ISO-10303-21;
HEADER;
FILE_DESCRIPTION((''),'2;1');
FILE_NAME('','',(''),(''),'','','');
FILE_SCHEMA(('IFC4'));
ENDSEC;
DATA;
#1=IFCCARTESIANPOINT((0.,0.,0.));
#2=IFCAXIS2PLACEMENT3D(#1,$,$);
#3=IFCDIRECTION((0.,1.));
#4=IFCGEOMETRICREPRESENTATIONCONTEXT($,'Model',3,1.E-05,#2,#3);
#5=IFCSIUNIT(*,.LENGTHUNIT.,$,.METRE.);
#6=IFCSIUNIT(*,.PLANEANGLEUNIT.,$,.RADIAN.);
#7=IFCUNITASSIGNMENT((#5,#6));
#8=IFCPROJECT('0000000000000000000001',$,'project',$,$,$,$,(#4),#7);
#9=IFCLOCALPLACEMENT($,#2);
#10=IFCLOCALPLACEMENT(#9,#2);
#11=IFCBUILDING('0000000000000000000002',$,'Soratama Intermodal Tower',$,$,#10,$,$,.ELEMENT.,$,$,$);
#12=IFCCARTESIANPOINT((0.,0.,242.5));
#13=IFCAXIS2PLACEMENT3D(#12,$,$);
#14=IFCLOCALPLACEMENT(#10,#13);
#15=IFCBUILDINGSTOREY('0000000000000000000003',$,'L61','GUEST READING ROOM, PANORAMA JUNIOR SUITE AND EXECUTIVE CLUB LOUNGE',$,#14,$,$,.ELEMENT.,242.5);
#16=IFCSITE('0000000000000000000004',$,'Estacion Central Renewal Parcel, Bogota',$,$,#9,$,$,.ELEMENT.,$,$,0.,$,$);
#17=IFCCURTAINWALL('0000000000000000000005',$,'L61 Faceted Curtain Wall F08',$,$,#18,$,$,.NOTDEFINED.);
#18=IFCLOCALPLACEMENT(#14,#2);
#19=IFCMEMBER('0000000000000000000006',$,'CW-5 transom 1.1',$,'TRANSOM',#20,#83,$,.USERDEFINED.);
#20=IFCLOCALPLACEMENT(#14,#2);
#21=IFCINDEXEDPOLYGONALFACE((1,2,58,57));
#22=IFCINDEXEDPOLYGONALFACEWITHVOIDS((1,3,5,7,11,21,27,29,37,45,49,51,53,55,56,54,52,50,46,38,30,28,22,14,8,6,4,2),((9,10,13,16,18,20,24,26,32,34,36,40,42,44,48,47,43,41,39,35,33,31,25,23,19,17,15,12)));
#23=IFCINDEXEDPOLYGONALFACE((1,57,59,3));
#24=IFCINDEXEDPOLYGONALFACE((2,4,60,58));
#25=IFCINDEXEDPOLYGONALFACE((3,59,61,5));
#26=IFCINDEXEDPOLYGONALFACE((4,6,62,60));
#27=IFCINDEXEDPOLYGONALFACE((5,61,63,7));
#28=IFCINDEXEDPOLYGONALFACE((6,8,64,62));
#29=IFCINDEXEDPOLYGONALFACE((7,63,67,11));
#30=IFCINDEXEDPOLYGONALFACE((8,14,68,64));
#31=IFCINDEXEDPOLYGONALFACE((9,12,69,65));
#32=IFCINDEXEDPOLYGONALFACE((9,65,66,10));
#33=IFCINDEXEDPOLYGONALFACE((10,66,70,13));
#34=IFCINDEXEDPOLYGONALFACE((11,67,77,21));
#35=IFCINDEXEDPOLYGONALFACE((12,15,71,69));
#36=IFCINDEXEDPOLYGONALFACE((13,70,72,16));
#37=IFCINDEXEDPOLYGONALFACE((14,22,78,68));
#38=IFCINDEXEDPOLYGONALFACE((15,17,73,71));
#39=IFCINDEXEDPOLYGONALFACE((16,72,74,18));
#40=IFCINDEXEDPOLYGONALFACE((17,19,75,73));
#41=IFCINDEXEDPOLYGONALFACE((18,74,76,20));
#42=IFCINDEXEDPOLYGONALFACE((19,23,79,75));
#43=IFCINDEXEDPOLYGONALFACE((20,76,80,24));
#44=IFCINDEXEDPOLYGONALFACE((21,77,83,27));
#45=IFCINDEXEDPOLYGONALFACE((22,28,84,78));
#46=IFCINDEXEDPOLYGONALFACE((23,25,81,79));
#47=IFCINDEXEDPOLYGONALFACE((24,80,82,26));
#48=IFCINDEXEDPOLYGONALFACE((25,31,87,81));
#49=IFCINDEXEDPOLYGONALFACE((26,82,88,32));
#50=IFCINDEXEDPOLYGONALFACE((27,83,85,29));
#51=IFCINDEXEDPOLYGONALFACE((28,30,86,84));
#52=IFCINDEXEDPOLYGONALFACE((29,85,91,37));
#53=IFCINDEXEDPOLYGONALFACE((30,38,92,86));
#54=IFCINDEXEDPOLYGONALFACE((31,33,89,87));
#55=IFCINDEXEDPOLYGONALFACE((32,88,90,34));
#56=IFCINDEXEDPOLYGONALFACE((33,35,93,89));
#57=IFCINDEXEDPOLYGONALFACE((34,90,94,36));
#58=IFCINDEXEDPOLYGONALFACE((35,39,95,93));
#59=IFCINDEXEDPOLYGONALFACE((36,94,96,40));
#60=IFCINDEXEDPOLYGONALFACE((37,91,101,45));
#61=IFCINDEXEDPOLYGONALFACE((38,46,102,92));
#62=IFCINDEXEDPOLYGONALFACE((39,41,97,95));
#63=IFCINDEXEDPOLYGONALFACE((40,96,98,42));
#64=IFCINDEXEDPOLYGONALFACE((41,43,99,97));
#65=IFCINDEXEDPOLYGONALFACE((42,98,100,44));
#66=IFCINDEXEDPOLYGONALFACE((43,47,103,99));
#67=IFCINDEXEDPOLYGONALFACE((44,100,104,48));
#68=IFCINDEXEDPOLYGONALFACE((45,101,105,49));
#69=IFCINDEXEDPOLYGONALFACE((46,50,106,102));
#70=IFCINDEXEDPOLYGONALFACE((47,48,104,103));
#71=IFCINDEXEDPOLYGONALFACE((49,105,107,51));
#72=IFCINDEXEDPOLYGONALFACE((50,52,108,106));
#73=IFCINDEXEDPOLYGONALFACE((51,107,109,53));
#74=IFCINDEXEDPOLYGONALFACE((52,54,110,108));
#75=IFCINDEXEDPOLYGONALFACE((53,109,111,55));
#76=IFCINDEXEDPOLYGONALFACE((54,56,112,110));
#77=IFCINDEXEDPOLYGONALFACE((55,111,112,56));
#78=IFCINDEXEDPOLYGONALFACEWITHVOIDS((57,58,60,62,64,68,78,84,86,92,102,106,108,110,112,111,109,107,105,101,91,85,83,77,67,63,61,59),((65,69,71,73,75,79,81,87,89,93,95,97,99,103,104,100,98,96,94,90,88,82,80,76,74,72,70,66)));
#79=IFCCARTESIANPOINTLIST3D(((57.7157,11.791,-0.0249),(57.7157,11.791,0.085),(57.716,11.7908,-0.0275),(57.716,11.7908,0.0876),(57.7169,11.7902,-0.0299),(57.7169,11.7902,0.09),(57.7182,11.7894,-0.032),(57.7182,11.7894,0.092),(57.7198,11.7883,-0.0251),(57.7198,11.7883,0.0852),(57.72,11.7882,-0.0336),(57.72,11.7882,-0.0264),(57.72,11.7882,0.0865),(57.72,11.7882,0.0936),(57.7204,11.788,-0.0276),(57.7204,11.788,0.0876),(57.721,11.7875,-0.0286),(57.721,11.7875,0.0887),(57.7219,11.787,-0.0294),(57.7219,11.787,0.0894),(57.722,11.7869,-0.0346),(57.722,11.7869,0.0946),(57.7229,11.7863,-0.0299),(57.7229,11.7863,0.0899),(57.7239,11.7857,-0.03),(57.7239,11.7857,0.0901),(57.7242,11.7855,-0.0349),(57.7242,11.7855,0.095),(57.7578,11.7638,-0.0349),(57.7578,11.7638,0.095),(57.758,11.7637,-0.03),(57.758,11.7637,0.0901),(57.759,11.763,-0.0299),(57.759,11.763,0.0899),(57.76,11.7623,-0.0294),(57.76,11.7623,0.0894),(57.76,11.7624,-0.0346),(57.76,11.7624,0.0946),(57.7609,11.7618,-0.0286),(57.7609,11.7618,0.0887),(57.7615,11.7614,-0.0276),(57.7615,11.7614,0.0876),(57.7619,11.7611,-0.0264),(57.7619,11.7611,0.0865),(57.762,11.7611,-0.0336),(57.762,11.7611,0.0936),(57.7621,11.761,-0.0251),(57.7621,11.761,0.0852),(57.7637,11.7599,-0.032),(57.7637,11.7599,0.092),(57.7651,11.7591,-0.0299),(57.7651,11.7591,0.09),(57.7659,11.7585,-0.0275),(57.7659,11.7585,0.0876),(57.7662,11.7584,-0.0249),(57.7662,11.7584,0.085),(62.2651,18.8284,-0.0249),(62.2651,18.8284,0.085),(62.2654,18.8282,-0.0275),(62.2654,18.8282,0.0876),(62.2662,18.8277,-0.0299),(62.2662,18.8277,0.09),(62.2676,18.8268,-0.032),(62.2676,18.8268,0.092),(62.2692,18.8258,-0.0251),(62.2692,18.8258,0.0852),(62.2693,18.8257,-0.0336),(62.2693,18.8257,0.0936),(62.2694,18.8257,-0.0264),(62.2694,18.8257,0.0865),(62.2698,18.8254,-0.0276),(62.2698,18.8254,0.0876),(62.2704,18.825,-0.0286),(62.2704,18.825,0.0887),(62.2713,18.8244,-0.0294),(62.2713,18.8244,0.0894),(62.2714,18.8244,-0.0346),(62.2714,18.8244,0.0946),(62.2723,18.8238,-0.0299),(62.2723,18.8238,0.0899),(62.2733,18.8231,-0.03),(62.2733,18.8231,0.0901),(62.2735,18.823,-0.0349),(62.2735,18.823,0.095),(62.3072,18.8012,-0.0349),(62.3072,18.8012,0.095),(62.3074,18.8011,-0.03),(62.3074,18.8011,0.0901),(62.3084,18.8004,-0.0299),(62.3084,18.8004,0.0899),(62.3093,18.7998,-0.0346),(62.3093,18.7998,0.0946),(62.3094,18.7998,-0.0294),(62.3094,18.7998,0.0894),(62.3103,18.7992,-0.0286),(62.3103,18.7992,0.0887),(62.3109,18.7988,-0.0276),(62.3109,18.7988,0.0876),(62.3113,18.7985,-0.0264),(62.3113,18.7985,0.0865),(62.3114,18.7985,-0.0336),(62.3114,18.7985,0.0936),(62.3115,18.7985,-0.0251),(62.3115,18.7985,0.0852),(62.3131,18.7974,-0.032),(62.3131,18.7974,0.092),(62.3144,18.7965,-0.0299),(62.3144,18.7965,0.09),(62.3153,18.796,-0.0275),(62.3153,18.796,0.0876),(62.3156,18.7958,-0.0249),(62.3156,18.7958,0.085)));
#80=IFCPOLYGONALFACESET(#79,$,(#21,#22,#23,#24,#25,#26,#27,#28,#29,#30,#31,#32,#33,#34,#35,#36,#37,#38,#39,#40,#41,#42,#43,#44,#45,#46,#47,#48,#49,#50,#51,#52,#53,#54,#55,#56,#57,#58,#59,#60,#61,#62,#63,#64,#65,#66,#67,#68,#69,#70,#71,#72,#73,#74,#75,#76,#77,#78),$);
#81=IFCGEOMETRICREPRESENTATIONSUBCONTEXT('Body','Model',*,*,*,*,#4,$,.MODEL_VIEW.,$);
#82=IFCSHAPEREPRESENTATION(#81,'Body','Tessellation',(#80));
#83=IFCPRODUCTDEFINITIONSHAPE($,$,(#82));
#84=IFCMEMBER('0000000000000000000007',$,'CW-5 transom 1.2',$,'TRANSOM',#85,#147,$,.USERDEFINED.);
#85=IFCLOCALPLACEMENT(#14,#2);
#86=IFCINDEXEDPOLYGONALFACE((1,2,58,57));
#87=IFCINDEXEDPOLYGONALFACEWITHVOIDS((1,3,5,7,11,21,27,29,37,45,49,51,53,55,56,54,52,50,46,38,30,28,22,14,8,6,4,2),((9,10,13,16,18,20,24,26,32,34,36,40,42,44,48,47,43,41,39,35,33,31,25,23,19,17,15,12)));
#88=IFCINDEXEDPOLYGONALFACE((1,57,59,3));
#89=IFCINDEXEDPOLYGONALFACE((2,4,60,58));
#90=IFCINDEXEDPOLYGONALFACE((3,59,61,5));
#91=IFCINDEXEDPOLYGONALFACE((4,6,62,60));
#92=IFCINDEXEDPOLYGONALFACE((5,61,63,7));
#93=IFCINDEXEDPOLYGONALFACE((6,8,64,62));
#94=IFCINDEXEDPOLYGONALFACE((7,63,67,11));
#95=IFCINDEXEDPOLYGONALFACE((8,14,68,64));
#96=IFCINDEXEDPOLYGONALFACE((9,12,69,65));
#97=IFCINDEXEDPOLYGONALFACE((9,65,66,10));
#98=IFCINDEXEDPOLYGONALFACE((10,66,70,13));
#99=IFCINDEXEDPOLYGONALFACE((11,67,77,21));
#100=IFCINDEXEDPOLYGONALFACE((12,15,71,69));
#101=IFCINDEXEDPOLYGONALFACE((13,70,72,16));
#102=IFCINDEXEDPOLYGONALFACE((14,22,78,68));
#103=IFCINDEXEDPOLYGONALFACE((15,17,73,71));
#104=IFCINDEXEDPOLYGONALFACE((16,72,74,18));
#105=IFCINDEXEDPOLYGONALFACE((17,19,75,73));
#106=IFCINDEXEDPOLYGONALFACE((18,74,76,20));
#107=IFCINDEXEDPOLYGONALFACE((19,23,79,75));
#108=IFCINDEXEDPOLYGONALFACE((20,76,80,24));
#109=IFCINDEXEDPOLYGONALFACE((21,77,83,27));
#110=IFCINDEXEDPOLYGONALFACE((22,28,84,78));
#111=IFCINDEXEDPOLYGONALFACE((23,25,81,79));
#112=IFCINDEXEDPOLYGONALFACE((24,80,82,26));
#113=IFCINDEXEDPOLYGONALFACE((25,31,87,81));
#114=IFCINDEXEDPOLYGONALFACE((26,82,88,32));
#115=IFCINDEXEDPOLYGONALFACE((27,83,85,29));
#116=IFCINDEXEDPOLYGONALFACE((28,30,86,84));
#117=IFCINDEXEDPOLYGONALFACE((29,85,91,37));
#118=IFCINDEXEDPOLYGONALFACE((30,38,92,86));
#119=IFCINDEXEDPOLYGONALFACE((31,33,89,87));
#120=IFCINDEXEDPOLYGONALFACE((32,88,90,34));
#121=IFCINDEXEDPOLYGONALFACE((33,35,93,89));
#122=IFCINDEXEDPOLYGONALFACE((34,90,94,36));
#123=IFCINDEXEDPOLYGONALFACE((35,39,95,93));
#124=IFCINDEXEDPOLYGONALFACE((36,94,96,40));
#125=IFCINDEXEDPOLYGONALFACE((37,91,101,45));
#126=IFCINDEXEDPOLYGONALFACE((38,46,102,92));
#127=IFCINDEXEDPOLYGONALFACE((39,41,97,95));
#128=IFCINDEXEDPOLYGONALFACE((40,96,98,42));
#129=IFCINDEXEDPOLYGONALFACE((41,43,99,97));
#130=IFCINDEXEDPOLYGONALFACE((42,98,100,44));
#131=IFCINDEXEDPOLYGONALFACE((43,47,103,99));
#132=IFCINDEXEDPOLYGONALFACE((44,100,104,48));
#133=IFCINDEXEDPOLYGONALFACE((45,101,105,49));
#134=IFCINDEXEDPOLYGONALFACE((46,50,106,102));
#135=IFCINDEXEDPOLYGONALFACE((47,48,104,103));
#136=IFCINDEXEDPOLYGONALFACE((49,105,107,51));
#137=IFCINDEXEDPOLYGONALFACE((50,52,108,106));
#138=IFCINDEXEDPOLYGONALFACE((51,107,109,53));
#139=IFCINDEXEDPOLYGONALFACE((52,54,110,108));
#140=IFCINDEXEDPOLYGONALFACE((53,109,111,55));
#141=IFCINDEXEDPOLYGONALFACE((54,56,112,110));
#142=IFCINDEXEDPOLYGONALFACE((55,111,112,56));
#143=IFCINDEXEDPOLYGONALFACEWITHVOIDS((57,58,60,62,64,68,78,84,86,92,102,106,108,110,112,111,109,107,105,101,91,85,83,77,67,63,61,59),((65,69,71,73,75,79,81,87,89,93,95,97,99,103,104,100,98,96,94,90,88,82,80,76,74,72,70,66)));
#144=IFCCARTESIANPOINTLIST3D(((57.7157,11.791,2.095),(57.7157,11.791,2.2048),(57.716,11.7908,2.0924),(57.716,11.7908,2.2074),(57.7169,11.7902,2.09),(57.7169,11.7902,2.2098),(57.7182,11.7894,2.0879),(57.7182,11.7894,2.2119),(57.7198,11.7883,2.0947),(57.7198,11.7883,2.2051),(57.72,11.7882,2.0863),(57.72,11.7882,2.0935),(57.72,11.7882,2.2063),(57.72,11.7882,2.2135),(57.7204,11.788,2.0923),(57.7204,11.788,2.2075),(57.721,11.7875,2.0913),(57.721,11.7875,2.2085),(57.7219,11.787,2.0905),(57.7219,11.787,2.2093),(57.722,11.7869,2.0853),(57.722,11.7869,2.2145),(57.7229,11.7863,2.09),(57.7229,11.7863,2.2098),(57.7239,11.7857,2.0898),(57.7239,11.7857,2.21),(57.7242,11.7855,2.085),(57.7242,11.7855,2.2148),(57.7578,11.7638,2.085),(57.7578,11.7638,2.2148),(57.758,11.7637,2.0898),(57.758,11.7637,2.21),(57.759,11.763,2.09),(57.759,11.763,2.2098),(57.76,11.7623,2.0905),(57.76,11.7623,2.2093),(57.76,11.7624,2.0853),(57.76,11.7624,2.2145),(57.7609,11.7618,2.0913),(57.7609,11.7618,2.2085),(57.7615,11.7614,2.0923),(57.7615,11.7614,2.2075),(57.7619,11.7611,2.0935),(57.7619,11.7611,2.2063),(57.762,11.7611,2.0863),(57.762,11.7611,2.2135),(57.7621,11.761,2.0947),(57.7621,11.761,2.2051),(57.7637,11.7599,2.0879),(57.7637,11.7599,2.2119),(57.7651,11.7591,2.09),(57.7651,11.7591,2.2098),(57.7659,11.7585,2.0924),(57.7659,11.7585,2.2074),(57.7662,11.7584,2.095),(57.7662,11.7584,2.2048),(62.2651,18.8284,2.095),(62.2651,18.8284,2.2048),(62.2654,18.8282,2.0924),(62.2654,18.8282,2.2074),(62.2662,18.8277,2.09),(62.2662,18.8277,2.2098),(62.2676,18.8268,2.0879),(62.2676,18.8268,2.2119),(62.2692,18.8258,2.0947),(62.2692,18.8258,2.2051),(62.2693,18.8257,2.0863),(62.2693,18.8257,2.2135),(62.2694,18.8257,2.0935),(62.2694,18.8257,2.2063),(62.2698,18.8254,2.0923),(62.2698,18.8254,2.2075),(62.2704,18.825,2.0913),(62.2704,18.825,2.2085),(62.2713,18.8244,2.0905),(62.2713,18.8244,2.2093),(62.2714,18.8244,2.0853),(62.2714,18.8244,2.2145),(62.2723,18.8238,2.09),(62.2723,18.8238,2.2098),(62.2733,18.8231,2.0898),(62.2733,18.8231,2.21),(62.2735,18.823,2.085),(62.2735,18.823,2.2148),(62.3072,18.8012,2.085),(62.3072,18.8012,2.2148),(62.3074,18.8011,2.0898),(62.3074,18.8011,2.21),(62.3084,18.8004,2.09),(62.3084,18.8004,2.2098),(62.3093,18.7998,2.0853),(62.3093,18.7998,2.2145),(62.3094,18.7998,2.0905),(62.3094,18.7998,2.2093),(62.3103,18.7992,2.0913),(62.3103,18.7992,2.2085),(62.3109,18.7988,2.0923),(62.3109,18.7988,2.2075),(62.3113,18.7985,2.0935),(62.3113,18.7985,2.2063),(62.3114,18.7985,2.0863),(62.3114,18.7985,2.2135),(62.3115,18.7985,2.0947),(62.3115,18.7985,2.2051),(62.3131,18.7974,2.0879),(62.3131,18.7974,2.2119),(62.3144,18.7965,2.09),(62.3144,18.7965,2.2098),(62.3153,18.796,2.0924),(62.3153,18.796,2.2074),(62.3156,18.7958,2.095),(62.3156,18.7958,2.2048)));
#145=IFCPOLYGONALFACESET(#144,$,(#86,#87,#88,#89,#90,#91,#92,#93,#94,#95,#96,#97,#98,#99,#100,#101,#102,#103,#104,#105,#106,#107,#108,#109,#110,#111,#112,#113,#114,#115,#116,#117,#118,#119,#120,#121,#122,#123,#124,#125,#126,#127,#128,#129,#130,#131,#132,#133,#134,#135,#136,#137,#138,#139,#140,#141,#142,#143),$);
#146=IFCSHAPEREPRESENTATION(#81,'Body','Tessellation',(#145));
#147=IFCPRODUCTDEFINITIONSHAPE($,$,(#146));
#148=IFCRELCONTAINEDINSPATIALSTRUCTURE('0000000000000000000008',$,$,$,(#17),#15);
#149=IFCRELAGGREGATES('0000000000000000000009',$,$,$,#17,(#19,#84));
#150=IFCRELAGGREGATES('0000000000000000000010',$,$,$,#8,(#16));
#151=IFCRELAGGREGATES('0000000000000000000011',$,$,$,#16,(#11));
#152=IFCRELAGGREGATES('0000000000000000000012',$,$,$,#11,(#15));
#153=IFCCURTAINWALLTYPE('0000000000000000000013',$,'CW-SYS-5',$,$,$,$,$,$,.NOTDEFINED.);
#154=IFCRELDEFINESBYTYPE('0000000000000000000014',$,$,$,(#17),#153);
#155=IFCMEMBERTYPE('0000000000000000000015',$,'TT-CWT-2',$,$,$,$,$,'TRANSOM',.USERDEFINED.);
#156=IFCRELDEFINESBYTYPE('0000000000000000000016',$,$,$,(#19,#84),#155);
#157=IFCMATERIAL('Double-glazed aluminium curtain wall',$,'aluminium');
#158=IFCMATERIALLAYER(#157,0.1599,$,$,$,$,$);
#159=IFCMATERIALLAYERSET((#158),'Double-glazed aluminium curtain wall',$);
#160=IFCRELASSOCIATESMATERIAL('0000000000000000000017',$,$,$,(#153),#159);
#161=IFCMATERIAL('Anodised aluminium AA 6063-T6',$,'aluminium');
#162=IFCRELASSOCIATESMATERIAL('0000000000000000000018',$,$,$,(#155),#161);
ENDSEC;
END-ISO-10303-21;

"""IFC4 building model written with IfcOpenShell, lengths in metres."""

from ifc_helpers import new_model, si_unit, direction, frame, origin, origin_2d, place, context, subcontext, project, spatial, hollow_rectangle, extrude, material, layer, layer_set, material_profile, profile_set, type_object, element, aggregate, save


model = new_model("IFC4")

# Units and contexts
model_context = context("Model", 3, precision=1e-05, world=origin(), true_north=direction((0.0, 1.0)))
body_context = subcontext(model_context, "Body", "Model", "MODEL_VIEW")
ifc_project = project(units=[si_unit("LENGTHUNIT", "METRE"), si_unit("PLANEANGLEUNIT", "RADIAN")], contexts=[model_context])

# Site, building, storey
site_placement = place(None, origin())
site = spatial("IfcSite", under=ifc_project, at=site_placement, Name="Estacion Central Renewal Parcel, Bogota", CompositionType="ELEMENT", RefElevation=0.0)
building_placement = place(site_placement, origin())
building = spatial("IfcBuilding", under=site, at=building_placement, Name="Soratama Intermodal Tower", CompositionType="ELEMENT")
storey_placement = place(building_placement, frame((0.0, 0.0, 242.5)))
storey = spatial("IfcBuildingStorey", under=building, at=storey_placement, Name="L61", Description="GUEST READING ROOM, PANORAMA JUNIOR SUITE AND EXECUTIVE CLUB LOUNGE", CompositionType="ELEMENT", Elevation=242.5)

# Curtain wall, members
ifc_material_1 = material(Name="Double-glazed aluminium curtain wall", Category="aluminium")
ifc_layer_1 = layer(ifc_material_1, 0.1599)
ifc_layer_set_1 = layer_set([ifc_layer_1], Name="Double-glazed aluminium curtain wall")
curtain_wall_type = type_object("IfcCurtainWallType", Name="CW-SYS-5", PredefinedType="NOTDEFINED", material=ifc_layer_set_1)
curtain_wall_placement = place(storey_placement, origin())
curtain_wall = element("IfcCurtainWall", 1, at=curtain_wall_placement, inside=storey, type_object=curtain_wall_type, Name="L61 Faceted Curtain Wall F08", PredefinedType="NOTDEFINED")
ifc_material_2 = material(Name="Anodised aluminium AA 6063-T6", Category="aluminium")
ifc_material_profile_1 = material_profile(ifc_material_2, hollow_rectangle(XDim=0.0601, YDim=0.1299, WallThickness=0.0049, InnerFilletRadius=0.0049, OuterFilletRadius=0.01, at=origin_2d()), Name="CWT130X60X5")
ifc_profile_set_1 = profile_set([ifc_material_profile_1], Name="Anodised aluminium AA 6063-T6")
member_type_1 = type_object("IfcMemberType", Name="TT-CWT-2", ElementType="TRANSOM", PredefinedType="USERDEFINED", material=ifc_profile_set_1)
member_1_placement = place(storey_placement, frame((57.741, 11.7747, 0.03), z_axis=(0.542892, 0.839802, 0.0), x_axis=(-0.839802, 0.542892, 0.0)))
member_1 = element("IfcMember", 2, at=member_1_placement, type_object=member_type_1, Name="CW-5 transom 1.1", ObjectType="TRANSOM", PredefinedType="USERDEFINED", context=body_context, shape_type="SweptSolid", body=[
    extrude(hollow_rectangle(XDim=0.0601, YDim=0.1299, WallThickness=0.0049, InnerFilletRadius=0.0049, OuterFilletRadius=0.01, at=origin_2d()), origin(), (0.0, 0.0, 1.0), 8.3799),
])
member_2_placement = place(storey_placement, frame((57.741, 11.7747, 2.1499), z_axis=(0.542892, 0.839802, 0.0), x_axis=(-0.839802, 0.542892, 0.0)))
member_2 = element("IfcMember", 3, at=member_2_placement, type_object=member_type_1, Name="CW-5 transom 1.2", ObjectType="TRANSOM", PredefinedType="USERDEFINED", context=body_context, shape_type="SweptSolid", body=[
    extrude(hollow_rectangle(XDim=0.0601, YDim=0.1299, WallThickness=0.0049, InnerFilletRadius=0.0049, OuterFilletRadius=0.01, at=origin_2d()), origin(), (0.0, 0.0, 1.0), 8.3799),
])
aggregate(curtain_wall, [member_1, member_2])

save(model, "model.ifc")
